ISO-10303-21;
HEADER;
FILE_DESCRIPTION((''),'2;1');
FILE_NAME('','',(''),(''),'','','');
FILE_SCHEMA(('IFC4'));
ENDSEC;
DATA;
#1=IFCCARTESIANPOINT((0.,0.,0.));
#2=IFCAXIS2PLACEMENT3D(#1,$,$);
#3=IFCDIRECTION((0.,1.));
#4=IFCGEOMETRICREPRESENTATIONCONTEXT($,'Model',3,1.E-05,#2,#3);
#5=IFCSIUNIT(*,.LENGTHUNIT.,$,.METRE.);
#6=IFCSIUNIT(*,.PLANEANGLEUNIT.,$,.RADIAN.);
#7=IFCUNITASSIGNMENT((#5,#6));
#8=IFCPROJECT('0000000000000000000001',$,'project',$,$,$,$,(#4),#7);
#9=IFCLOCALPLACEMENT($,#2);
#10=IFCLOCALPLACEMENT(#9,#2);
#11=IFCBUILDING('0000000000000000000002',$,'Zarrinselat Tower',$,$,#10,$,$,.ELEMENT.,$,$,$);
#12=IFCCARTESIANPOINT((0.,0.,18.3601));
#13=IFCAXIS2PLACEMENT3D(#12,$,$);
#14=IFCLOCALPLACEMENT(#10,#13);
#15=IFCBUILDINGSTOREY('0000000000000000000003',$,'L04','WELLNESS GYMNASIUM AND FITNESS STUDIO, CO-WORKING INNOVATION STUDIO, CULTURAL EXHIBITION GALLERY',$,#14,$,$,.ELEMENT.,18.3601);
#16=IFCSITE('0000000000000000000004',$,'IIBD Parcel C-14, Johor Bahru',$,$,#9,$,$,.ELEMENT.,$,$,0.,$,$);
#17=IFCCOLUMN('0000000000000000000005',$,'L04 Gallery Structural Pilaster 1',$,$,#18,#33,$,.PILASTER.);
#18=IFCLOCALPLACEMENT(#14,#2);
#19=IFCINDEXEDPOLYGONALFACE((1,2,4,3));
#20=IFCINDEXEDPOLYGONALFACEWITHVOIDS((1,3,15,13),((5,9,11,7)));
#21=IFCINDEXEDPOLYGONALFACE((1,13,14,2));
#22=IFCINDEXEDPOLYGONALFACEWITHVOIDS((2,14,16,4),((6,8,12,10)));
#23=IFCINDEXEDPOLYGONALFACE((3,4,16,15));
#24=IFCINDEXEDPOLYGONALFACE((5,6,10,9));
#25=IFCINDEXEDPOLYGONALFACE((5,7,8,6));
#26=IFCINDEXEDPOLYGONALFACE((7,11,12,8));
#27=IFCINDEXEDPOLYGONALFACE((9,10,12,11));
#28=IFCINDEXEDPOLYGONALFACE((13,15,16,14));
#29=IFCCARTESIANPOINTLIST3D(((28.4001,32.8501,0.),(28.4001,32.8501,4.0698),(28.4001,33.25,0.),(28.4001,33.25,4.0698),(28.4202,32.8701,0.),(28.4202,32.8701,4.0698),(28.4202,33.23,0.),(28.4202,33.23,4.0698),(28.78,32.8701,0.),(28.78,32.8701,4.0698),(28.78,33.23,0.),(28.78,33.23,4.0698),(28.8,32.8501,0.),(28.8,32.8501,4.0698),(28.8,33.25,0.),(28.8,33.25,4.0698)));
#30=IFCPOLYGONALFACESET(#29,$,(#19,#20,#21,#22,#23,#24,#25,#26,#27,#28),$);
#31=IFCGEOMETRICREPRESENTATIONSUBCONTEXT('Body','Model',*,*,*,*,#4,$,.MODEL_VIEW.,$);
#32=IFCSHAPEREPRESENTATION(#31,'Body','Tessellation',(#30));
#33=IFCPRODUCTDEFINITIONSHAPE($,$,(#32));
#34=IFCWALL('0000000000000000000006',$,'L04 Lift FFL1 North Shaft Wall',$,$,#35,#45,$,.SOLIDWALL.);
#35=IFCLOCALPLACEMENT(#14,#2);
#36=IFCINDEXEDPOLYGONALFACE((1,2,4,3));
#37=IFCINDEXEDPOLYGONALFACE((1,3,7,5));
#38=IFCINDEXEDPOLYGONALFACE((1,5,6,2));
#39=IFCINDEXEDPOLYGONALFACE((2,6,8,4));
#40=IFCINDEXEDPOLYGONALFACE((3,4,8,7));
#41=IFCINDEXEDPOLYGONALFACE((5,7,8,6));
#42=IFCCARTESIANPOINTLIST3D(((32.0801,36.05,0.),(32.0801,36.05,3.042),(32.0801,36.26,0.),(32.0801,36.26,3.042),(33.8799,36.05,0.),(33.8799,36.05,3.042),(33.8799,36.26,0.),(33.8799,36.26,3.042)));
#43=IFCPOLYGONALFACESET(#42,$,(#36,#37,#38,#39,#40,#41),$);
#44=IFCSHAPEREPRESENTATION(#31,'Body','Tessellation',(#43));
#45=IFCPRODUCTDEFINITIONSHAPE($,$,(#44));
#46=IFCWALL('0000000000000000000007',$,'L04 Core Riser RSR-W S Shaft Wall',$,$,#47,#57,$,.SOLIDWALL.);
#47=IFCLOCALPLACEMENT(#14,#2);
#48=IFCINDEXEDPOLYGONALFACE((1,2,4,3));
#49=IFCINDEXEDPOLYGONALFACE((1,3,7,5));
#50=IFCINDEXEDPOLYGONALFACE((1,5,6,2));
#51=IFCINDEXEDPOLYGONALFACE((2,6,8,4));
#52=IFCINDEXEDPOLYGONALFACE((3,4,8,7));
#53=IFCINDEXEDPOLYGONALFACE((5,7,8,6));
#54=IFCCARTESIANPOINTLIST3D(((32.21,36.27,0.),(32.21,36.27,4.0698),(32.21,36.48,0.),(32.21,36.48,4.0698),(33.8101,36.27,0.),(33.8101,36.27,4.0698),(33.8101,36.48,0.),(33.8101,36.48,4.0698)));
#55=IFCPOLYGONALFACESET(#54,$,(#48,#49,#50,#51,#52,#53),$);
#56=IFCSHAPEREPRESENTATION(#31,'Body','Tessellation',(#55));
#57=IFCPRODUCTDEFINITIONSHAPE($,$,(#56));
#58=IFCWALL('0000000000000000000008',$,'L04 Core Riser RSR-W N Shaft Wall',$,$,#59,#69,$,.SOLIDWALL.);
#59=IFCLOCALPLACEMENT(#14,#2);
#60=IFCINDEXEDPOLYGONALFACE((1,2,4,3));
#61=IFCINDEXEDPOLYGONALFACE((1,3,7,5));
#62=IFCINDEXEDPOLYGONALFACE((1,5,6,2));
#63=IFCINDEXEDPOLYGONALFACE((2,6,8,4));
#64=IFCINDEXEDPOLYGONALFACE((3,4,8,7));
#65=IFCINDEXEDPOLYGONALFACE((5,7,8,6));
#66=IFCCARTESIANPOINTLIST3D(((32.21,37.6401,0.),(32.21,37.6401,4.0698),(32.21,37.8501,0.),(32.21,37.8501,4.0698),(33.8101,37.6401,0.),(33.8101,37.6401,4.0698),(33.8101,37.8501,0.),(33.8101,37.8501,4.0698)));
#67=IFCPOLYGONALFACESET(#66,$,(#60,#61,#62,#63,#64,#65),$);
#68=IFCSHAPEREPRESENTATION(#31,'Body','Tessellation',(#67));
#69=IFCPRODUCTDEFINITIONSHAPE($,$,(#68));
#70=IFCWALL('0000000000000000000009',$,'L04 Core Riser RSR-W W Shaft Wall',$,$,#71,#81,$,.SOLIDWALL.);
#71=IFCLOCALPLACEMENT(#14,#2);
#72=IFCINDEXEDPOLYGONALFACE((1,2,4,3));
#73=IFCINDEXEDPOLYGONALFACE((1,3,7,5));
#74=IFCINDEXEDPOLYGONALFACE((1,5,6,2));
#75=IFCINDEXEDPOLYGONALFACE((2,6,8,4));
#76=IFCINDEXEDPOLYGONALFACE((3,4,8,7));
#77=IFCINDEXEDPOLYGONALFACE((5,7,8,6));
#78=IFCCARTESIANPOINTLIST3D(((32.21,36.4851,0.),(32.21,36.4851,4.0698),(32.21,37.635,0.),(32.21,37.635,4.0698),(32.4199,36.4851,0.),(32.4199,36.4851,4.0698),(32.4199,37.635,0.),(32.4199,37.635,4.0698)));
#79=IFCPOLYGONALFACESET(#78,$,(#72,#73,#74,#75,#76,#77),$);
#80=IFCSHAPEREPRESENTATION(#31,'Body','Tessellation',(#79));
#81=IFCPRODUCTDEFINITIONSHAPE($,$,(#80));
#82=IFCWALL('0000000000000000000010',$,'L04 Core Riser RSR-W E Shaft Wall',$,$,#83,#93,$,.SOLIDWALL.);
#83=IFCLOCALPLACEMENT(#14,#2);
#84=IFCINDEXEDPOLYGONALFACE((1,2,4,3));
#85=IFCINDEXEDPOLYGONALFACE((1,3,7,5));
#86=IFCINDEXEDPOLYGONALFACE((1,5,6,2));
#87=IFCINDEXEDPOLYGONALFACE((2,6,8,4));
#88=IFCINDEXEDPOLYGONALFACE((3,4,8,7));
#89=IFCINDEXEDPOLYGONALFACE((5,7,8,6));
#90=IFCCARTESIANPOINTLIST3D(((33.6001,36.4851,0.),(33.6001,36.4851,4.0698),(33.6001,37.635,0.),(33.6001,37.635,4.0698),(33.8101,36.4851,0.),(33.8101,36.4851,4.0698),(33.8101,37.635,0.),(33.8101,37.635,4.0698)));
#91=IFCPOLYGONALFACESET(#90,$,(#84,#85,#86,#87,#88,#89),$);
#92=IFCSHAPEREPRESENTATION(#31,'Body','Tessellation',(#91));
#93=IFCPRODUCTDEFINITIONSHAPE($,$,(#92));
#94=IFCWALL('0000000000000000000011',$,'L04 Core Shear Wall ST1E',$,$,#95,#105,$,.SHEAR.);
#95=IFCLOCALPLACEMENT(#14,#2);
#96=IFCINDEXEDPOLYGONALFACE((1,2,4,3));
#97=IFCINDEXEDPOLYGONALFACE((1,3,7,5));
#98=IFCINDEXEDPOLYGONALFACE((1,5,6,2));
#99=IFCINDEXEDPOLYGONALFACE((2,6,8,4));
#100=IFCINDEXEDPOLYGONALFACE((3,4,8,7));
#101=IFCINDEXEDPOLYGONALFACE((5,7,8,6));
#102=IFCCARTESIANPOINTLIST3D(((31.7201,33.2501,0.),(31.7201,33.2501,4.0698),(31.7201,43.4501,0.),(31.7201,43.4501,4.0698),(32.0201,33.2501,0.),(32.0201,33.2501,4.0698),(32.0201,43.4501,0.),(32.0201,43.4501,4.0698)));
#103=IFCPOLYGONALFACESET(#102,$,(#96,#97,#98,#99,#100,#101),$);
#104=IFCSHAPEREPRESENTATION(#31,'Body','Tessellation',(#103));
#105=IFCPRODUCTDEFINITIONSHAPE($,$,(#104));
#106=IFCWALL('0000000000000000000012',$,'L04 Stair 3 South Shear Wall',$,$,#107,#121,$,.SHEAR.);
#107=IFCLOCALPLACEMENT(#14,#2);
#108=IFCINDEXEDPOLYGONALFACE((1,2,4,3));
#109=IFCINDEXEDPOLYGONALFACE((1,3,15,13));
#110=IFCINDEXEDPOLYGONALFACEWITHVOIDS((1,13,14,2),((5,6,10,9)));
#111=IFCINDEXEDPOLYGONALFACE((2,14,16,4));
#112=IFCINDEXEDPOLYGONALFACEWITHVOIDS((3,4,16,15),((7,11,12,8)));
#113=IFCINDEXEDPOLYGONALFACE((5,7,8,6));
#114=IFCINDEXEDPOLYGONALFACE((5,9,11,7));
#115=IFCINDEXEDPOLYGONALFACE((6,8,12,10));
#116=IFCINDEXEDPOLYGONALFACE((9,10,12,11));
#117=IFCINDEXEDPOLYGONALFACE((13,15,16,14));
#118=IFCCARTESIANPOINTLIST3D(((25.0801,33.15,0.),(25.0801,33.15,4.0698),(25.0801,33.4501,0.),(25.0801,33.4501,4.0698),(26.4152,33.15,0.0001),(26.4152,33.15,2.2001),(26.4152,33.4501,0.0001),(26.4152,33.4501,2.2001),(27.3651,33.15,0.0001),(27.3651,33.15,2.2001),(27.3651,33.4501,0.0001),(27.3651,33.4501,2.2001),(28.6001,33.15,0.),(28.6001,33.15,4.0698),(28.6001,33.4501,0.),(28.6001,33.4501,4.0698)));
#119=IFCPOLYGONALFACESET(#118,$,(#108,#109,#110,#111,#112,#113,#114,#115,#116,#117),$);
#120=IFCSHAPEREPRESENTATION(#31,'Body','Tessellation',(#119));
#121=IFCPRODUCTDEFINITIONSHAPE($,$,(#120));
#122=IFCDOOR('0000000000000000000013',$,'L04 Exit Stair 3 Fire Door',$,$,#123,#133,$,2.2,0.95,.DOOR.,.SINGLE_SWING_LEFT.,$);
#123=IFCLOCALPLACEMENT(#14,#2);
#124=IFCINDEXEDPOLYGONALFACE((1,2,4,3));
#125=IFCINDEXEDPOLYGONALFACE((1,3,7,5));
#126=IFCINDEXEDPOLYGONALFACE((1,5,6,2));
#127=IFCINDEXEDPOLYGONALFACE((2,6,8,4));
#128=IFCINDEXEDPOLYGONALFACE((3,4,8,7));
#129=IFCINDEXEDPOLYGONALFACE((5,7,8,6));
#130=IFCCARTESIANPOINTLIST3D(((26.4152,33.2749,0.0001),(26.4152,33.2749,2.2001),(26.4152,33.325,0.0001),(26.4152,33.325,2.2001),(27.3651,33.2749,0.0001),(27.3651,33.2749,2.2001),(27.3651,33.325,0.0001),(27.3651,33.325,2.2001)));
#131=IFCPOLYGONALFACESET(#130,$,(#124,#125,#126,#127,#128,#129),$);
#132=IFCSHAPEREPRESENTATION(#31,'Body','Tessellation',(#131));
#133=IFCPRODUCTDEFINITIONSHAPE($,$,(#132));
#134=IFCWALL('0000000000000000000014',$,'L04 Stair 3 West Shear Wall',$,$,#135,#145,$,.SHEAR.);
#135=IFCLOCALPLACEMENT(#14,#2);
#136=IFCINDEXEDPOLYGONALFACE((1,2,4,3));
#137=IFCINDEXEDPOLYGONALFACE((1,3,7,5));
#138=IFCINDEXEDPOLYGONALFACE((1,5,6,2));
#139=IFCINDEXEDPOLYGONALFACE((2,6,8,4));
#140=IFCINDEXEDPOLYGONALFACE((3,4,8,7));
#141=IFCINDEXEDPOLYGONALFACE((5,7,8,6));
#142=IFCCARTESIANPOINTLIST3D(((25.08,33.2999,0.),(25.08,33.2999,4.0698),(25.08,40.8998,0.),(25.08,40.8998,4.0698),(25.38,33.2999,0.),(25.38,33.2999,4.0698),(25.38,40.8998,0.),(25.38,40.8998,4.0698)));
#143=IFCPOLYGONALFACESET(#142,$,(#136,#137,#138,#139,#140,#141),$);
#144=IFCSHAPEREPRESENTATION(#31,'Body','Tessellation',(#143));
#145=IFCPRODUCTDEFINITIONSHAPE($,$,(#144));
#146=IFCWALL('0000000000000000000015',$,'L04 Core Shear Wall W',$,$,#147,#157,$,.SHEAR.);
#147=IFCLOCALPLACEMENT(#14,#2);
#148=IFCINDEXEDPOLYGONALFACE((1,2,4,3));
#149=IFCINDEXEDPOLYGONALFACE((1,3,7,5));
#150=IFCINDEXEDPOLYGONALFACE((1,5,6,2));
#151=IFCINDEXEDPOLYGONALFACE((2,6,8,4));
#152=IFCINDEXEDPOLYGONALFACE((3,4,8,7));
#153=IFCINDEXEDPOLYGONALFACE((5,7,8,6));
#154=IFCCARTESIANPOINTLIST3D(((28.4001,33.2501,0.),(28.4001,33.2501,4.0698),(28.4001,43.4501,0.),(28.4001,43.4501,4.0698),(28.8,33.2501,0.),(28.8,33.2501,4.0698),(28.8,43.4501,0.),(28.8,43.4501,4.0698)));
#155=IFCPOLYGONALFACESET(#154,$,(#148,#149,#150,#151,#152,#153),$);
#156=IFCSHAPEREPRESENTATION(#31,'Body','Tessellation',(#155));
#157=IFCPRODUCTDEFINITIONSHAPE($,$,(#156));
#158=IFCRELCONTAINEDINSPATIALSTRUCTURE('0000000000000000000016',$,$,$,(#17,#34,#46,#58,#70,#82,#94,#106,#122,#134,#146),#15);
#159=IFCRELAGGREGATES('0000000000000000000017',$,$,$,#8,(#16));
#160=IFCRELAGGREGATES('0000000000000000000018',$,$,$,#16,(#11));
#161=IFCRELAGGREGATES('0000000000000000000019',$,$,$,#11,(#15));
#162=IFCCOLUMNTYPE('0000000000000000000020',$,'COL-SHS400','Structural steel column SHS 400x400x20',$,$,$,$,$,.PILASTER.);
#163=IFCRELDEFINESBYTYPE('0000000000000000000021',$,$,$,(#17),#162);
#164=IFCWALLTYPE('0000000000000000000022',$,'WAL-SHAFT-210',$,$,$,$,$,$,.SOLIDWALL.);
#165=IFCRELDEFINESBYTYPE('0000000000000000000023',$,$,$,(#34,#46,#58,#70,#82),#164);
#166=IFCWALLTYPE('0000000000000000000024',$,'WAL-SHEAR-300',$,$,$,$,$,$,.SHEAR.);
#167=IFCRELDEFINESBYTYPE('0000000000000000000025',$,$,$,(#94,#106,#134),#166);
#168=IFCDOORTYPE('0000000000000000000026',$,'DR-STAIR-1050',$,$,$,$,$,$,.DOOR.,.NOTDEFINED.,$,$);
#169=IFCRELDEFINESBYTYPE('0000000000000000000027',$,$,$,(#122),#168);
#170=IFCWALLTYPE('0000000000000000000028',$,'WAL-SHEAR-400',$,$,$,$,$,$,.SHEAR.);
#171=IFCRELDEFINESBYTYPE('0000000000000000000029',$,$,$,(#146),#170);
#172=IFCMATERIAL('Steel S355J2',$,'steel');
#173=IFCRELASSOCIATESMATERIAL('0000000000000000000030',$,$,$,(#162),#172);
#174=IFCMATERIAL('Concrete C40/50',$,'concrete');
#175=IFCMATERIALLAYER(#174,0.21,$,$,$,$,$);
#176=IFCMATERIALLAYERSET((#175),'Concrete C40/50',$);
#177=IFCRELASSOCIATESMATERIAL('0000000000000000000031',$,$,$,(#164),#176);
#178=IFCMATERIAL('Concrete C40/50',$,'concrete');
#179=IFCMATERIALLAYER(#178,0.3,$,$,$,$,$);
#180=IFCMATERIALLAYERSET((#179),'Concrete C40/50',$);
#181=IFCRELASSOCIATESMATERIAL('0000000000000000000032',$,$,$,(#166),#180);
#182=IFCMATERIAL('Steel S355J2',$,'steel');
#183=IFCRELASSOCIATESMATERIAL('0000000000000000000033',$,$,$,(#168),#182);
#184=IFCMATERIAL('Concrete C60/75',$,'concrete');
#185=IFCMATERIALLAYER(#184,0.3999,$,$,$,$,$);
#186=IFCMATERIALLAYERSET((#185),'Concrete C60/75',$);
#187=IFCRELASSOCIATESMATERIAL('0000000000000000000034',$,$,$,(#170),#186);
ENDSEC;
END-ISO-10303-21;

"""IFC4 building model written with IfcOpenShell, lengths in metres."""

from ifc_helpers import new_model, si_unit, direction, frame, frame_2d, origin, origin_2d, place, context, subcontext, project, spatial, rectangle, hollow_rectangle, extrude, material, layer, layer_set, material_profile, profile_set, type_object, element, fill, save


model = new_model("IFC4")

# Units and contexts
model_context = context("Model", 3, precision=1e-05, world=origin(), true_north=direction((0.0, 1.0)))
body_context = subcontext(model_context, "Body", "Model", "MODEL_VIEW")
ifc_project = project(units=[si_unit("LENGTHUNIT", "METRE"), si_unit("PLANEANGLEUNIT", "RADIAN")], contexts=[model_context])

# Site, building, storey
site_placement = place(None, origin())
site = spatial("IfcSite", under=ifc_project, at=site_placement, Name="IIBD Parcel C-14, Johor Bahru", CompositionType="ELEMENT", RefElevation=0.0)
building_placement = place(site_placement, origin())
building = spatial("IfcBuilding", under=site, at=building_placement, Name="Zarrinselat Tower", CompositionType="ELEMENT")
storey_placement = place(building_placement, frame((0.0, 0.0, 18.3601)))
storey = spatial("IfcBuildingStorey", under=building, at=storey_placement, Name="L04", Description="WELLNESS GYMNASIUM AND FITNESS STUDIO, CO-WORKING INNOVATION STUDIO, CULTURAL EXHIBITION GALLERY", CompositionType="ELEMENT", Elevation=18.3601)

# Column
ifc_material_1 = material(Name="Steel S355J2", Category="steel")
ifc_material_profile = material_profile(ifc_material_1, hollow_rectangle(XDim=0.3999, YDim=0.3999, WallThickness=0.02, at=origin_2d()), Name="SHS 400x400x20")
ifc_profile_set = profile_set([ifc_material_profile], Name="Steel S355J2")
column_type = type_object("IfcColumnType", Name="COL-SHS400", Description="Structural steel column SHS 400x400x20", PredefinedType="PILASTER", material=ifc_profile_set)
column_placement = place(storey_placement, frame((28.6001, 33.05, 0.0), z_axis=(0.0, 0.0, 1.0), x_axis=(1.0, 0.0, 0.0)))
element("IfcColumn", 1, at=column_placement, inside=storey, type_object=column_type, Name="L04 Gallery Structural Pilaster 1", PredefinedType="PILASTER", context=body_context, shape_type="SweptSolid", body=[
    extrude(hollow_rectangle(XDim=0.3999, YDim=0.3999, WallThickness=0.02, at=origin_2d()), origin(), (0.0, 0.0, 1.0), 4.0698),
])

# Walls
ifc_material_2 = material(Name="Concrete C40/50", Category="concrete")
ifc_layer_1 = layer(ifc_material_2, 0.21)
ifc_layer_set_1 = layer_set([ifc_layer_1], Name="Concrete C40/50")
wall_type_1 = type_object("IfcWallType", Name="WAL-SHAFT-210", PredefinedType="SOLIDWALL", material=ifc_layer_set_1)
wall_1_placement = place(storey_placement, frame((32.0801, 36.155, 0.0), z_axis=(0.0, 0.0, 1.0), x_axis=(1.0, 0.0, 0.0)))
element("IfcWall", 2, at=wall_1_placement, inside=storey, type_object=wall_type_1, Name="L04 Lift FFL1 North Shaft Wall", PredefinedType="SOLIDWALL", context=body_context, shape_type="SweptSolid", body=[
    extrude(rectangle(XDim=1.7998, YDim=0.21, at=frame_2d((0.8999, 0.0))), origin(), (0.0, 0.0, 1.0), 3.042),
])
for number, where, z_axis, x_axis, name in (
    (3, (32.21, 36.375, 0.0), (0.0, 0.0, 1.0), (1.0, 0.0, 0.0), "L04 Core Riser RSR-W S Shaft Wall"),
    (4, (32.21, 37.7451, 0.0), (0.0, 0.0, 1.0), (1.0, 0.0, 0.0), "L04 Core Riser RSR-W N Shaft Wall"),
):
    element("IfcWall", number, at=place(storey_placement, frame(where, z_axis=z_axis, x_axis=x_axis)), inside=storey, type_object=wall_type_1, Name=name, PredefinedType="SOLIDWALL", context=body_context, shape_type="SweptSolid", body=[
        extrude(rectangle(XDim=1.6001, YDim=0.21, at=frame_2d((0.8, 0.0))), origin(), (0.0, 0.0, 1.0), 4.0698),
    ])
for number, where, z_axis, x_axis, name in (
    (5, (32.3149, 36.4851, 0.0), (0.0, 0.0, 1.0), (0.0, 1.0, 0.0), "L04 Core Riser RSR-W W Shaft Wall"),
    (6, (33.7051, 36.4851, 0.0), (0.0, 0.0, 1.0), (0.0, 1.0, 0.0), "L04 Core Riser RSR-W E Shaft Wall"),
):
    element("IfcWall", number, at=place(storey_placement, frame(where, z_axis=z_axis, x_axis=x_axis)), inside=storey, type_object=wall_type_1, Name=name, PredefinedType="SOLIDWALL", context=body_context, shape_type="SweptSolid", body=[
        extrude(rectangle(XDim=1.1499, YDim=0.21, at=frame_2d((0.575, 0.0))), origin(), (0.0, 0.0, 1.0), 4.0698),
    ])
ifc_material_3 = material(Name="Concrete C40/50", Category="concrete")
ifc_layer_2 = layer(ifc_material_3, 0.3)
ifc_layer_set_2 = layer_set([ifc_layer_2], Name="Concrete C40/50")
wall_type_2 = type_object("IfcWallType", Name="WAL-SHEAR-300", PredefinedType="SHEAR", material=ifc_layer_set_2)
wall_2_placement = place(storey_placement, frame((31.8701, 33.25, 0.0), z_axis=(0.0, 0.0, 1.0), x_axis=(0.0, 1.0, 0.0)))
element("IfcWall", 7, at=wall_2_placement, inside=storey, type_object=wall_type_2, Name="L04 Core Shear Wall ST1E", PredefinedType="SHEAR", context=body_context, shape_type="SweptSolid", body=[
    extrude(rectangle(XDim=10.2, YDim=0.3, at=frame_2d((5.1001, 0.0))), origin(), (0.0, 0.0, 1.0), 4.0698),
])

# Wall, opening, door
wall_3_placement = place(storey_placement, frame((25.0801, 33.3, 0.0), z_axis=(0.0, 0.0, 1.0), x_axis=(1.0, 0.0, 0.0)))
wall_3 = element("IfcWall", 8, at=wall_3_placement, inside=storey, type_object=wall_type_2, Name="L04 Stair 3 South Shear Wall", PredefinedType="SHEAR", context=body_context, shape_type="SweptSolid", body=[
    extrude(rectangle(XDim=3.52, YDim=0.3, at=frame_2d((1.76, 0.0))), origin(), (0.0, 0.0, 1.0), 4.0698),
])
opening_1_placement = place(wall_3_placement, frame((1.335, 0.0, 0.0)))
opening_1 = element("IfcOpeningElement", 9, at=opening_1_placement, cuts=wall_3, PredefinedType="OPENING", context=body_context, shape_type="SweptSolid", body=[
    extrude(rectangle(XDim=0.95, YDim=2.2, at=frame_2d((0.4751, 1.1001))), frame((0.0, 0.1599, 0.0), z_axis=(0.0, -1.0, 0.0), x_axis=(1.0, 0.0, 0.0)), (0.0, 0.0, 1.0), 0.3201),
])
ifc_material_4 = material(Name="Steel S355J2", Category="steel")
door_type_1 = type_object("IfcDoorType", Name="DR-STAIR-1050", OperationType="NOTDEFINED", PredefinedType="DOOR", material=ifc_material_4)
door_1_placement = place(opening_1_placement, origin())
door_1 = element("IfcDoor", 10, at=door_1_placement, inside=storey, type_object=door_type_1, Name="L04 Exit Stair 3 Fire Door", OperationType="SINGLE_SWING_LEFT", OverallHeight=2.2, OverallWidth=0.95, PredefinedType="DOOR", context=body_context, shape_type="SweptSolid", body=[
    extrude(rectangle(XDim=0.95, YDim=2.2, at=frame_2d((0.4751, 1.1001))), frame((0.0, 0.0249, 0.0), z_axis=(0.0, -1.0, 0.0), x_axis=(1.0, 0.0, 0.0)), (0.0, 0.0, 1.0), 0.05),
])
fill(opening_1, door_1)

# Wall
wall_4_placement = place(storey_placement, frame((25.23, 33.3, 0.0), z_axis=(0.0, 0.0, 1.0), x_axis=(0.0, 1.0, 0.0)))
element("IfcWall", 11, at=wall_4_placement, inside=storey, type_object=wall_type_2, Name="L04 Stair 3 West Shear Wall", PredefinedType="SHEAR", context=body_context, shape_type="SweptSolid", body=[
    extrude(rectangle(XDim=7.5999, YDim=0.3, at=frame_2d((3.7998, 0.0))), origin(), (0.0, 0.0, 1.0), 4.0698),
])

# Shared definitions
ifc_material_5 = material(Name="Concrete C60/75", Category="concrete")
ifc_layer_3 = layer(ifc_material_5, 0.3999)
ifc_layer_set_3 = layer_set([ifc_layer_3], Name="Concrete C60/75")
wall_type_3 = type_object("IfcWallType", Name="WAL-SHEAR-400", PredefinedType="SHEAR", material=ifc_layer_set_3)

# Wall
wall_5_placement = place(storey_placement, frame((28.6001, 33.25, 0.0), z_axis=(0.0, 0.0, 1.0), x_axis=(0.0, 1.0, 0.0)))
element("IfcWall", 12, at=wall_5_placement, inside=storey, type_object=wall_type_3, Name="L04 Core Shear Wall W", PredefinedType="SHEAR", context=body_context, shape_type="SweptSolid", body=[
    extrude(rectangle(XDim=10.2, YDim=0.3999, at=frame_2d((5.1001, 0.0))), origin(), (0.0, 0.0, 1.0), 4.0698),
])

save(model, "model.ifc")
